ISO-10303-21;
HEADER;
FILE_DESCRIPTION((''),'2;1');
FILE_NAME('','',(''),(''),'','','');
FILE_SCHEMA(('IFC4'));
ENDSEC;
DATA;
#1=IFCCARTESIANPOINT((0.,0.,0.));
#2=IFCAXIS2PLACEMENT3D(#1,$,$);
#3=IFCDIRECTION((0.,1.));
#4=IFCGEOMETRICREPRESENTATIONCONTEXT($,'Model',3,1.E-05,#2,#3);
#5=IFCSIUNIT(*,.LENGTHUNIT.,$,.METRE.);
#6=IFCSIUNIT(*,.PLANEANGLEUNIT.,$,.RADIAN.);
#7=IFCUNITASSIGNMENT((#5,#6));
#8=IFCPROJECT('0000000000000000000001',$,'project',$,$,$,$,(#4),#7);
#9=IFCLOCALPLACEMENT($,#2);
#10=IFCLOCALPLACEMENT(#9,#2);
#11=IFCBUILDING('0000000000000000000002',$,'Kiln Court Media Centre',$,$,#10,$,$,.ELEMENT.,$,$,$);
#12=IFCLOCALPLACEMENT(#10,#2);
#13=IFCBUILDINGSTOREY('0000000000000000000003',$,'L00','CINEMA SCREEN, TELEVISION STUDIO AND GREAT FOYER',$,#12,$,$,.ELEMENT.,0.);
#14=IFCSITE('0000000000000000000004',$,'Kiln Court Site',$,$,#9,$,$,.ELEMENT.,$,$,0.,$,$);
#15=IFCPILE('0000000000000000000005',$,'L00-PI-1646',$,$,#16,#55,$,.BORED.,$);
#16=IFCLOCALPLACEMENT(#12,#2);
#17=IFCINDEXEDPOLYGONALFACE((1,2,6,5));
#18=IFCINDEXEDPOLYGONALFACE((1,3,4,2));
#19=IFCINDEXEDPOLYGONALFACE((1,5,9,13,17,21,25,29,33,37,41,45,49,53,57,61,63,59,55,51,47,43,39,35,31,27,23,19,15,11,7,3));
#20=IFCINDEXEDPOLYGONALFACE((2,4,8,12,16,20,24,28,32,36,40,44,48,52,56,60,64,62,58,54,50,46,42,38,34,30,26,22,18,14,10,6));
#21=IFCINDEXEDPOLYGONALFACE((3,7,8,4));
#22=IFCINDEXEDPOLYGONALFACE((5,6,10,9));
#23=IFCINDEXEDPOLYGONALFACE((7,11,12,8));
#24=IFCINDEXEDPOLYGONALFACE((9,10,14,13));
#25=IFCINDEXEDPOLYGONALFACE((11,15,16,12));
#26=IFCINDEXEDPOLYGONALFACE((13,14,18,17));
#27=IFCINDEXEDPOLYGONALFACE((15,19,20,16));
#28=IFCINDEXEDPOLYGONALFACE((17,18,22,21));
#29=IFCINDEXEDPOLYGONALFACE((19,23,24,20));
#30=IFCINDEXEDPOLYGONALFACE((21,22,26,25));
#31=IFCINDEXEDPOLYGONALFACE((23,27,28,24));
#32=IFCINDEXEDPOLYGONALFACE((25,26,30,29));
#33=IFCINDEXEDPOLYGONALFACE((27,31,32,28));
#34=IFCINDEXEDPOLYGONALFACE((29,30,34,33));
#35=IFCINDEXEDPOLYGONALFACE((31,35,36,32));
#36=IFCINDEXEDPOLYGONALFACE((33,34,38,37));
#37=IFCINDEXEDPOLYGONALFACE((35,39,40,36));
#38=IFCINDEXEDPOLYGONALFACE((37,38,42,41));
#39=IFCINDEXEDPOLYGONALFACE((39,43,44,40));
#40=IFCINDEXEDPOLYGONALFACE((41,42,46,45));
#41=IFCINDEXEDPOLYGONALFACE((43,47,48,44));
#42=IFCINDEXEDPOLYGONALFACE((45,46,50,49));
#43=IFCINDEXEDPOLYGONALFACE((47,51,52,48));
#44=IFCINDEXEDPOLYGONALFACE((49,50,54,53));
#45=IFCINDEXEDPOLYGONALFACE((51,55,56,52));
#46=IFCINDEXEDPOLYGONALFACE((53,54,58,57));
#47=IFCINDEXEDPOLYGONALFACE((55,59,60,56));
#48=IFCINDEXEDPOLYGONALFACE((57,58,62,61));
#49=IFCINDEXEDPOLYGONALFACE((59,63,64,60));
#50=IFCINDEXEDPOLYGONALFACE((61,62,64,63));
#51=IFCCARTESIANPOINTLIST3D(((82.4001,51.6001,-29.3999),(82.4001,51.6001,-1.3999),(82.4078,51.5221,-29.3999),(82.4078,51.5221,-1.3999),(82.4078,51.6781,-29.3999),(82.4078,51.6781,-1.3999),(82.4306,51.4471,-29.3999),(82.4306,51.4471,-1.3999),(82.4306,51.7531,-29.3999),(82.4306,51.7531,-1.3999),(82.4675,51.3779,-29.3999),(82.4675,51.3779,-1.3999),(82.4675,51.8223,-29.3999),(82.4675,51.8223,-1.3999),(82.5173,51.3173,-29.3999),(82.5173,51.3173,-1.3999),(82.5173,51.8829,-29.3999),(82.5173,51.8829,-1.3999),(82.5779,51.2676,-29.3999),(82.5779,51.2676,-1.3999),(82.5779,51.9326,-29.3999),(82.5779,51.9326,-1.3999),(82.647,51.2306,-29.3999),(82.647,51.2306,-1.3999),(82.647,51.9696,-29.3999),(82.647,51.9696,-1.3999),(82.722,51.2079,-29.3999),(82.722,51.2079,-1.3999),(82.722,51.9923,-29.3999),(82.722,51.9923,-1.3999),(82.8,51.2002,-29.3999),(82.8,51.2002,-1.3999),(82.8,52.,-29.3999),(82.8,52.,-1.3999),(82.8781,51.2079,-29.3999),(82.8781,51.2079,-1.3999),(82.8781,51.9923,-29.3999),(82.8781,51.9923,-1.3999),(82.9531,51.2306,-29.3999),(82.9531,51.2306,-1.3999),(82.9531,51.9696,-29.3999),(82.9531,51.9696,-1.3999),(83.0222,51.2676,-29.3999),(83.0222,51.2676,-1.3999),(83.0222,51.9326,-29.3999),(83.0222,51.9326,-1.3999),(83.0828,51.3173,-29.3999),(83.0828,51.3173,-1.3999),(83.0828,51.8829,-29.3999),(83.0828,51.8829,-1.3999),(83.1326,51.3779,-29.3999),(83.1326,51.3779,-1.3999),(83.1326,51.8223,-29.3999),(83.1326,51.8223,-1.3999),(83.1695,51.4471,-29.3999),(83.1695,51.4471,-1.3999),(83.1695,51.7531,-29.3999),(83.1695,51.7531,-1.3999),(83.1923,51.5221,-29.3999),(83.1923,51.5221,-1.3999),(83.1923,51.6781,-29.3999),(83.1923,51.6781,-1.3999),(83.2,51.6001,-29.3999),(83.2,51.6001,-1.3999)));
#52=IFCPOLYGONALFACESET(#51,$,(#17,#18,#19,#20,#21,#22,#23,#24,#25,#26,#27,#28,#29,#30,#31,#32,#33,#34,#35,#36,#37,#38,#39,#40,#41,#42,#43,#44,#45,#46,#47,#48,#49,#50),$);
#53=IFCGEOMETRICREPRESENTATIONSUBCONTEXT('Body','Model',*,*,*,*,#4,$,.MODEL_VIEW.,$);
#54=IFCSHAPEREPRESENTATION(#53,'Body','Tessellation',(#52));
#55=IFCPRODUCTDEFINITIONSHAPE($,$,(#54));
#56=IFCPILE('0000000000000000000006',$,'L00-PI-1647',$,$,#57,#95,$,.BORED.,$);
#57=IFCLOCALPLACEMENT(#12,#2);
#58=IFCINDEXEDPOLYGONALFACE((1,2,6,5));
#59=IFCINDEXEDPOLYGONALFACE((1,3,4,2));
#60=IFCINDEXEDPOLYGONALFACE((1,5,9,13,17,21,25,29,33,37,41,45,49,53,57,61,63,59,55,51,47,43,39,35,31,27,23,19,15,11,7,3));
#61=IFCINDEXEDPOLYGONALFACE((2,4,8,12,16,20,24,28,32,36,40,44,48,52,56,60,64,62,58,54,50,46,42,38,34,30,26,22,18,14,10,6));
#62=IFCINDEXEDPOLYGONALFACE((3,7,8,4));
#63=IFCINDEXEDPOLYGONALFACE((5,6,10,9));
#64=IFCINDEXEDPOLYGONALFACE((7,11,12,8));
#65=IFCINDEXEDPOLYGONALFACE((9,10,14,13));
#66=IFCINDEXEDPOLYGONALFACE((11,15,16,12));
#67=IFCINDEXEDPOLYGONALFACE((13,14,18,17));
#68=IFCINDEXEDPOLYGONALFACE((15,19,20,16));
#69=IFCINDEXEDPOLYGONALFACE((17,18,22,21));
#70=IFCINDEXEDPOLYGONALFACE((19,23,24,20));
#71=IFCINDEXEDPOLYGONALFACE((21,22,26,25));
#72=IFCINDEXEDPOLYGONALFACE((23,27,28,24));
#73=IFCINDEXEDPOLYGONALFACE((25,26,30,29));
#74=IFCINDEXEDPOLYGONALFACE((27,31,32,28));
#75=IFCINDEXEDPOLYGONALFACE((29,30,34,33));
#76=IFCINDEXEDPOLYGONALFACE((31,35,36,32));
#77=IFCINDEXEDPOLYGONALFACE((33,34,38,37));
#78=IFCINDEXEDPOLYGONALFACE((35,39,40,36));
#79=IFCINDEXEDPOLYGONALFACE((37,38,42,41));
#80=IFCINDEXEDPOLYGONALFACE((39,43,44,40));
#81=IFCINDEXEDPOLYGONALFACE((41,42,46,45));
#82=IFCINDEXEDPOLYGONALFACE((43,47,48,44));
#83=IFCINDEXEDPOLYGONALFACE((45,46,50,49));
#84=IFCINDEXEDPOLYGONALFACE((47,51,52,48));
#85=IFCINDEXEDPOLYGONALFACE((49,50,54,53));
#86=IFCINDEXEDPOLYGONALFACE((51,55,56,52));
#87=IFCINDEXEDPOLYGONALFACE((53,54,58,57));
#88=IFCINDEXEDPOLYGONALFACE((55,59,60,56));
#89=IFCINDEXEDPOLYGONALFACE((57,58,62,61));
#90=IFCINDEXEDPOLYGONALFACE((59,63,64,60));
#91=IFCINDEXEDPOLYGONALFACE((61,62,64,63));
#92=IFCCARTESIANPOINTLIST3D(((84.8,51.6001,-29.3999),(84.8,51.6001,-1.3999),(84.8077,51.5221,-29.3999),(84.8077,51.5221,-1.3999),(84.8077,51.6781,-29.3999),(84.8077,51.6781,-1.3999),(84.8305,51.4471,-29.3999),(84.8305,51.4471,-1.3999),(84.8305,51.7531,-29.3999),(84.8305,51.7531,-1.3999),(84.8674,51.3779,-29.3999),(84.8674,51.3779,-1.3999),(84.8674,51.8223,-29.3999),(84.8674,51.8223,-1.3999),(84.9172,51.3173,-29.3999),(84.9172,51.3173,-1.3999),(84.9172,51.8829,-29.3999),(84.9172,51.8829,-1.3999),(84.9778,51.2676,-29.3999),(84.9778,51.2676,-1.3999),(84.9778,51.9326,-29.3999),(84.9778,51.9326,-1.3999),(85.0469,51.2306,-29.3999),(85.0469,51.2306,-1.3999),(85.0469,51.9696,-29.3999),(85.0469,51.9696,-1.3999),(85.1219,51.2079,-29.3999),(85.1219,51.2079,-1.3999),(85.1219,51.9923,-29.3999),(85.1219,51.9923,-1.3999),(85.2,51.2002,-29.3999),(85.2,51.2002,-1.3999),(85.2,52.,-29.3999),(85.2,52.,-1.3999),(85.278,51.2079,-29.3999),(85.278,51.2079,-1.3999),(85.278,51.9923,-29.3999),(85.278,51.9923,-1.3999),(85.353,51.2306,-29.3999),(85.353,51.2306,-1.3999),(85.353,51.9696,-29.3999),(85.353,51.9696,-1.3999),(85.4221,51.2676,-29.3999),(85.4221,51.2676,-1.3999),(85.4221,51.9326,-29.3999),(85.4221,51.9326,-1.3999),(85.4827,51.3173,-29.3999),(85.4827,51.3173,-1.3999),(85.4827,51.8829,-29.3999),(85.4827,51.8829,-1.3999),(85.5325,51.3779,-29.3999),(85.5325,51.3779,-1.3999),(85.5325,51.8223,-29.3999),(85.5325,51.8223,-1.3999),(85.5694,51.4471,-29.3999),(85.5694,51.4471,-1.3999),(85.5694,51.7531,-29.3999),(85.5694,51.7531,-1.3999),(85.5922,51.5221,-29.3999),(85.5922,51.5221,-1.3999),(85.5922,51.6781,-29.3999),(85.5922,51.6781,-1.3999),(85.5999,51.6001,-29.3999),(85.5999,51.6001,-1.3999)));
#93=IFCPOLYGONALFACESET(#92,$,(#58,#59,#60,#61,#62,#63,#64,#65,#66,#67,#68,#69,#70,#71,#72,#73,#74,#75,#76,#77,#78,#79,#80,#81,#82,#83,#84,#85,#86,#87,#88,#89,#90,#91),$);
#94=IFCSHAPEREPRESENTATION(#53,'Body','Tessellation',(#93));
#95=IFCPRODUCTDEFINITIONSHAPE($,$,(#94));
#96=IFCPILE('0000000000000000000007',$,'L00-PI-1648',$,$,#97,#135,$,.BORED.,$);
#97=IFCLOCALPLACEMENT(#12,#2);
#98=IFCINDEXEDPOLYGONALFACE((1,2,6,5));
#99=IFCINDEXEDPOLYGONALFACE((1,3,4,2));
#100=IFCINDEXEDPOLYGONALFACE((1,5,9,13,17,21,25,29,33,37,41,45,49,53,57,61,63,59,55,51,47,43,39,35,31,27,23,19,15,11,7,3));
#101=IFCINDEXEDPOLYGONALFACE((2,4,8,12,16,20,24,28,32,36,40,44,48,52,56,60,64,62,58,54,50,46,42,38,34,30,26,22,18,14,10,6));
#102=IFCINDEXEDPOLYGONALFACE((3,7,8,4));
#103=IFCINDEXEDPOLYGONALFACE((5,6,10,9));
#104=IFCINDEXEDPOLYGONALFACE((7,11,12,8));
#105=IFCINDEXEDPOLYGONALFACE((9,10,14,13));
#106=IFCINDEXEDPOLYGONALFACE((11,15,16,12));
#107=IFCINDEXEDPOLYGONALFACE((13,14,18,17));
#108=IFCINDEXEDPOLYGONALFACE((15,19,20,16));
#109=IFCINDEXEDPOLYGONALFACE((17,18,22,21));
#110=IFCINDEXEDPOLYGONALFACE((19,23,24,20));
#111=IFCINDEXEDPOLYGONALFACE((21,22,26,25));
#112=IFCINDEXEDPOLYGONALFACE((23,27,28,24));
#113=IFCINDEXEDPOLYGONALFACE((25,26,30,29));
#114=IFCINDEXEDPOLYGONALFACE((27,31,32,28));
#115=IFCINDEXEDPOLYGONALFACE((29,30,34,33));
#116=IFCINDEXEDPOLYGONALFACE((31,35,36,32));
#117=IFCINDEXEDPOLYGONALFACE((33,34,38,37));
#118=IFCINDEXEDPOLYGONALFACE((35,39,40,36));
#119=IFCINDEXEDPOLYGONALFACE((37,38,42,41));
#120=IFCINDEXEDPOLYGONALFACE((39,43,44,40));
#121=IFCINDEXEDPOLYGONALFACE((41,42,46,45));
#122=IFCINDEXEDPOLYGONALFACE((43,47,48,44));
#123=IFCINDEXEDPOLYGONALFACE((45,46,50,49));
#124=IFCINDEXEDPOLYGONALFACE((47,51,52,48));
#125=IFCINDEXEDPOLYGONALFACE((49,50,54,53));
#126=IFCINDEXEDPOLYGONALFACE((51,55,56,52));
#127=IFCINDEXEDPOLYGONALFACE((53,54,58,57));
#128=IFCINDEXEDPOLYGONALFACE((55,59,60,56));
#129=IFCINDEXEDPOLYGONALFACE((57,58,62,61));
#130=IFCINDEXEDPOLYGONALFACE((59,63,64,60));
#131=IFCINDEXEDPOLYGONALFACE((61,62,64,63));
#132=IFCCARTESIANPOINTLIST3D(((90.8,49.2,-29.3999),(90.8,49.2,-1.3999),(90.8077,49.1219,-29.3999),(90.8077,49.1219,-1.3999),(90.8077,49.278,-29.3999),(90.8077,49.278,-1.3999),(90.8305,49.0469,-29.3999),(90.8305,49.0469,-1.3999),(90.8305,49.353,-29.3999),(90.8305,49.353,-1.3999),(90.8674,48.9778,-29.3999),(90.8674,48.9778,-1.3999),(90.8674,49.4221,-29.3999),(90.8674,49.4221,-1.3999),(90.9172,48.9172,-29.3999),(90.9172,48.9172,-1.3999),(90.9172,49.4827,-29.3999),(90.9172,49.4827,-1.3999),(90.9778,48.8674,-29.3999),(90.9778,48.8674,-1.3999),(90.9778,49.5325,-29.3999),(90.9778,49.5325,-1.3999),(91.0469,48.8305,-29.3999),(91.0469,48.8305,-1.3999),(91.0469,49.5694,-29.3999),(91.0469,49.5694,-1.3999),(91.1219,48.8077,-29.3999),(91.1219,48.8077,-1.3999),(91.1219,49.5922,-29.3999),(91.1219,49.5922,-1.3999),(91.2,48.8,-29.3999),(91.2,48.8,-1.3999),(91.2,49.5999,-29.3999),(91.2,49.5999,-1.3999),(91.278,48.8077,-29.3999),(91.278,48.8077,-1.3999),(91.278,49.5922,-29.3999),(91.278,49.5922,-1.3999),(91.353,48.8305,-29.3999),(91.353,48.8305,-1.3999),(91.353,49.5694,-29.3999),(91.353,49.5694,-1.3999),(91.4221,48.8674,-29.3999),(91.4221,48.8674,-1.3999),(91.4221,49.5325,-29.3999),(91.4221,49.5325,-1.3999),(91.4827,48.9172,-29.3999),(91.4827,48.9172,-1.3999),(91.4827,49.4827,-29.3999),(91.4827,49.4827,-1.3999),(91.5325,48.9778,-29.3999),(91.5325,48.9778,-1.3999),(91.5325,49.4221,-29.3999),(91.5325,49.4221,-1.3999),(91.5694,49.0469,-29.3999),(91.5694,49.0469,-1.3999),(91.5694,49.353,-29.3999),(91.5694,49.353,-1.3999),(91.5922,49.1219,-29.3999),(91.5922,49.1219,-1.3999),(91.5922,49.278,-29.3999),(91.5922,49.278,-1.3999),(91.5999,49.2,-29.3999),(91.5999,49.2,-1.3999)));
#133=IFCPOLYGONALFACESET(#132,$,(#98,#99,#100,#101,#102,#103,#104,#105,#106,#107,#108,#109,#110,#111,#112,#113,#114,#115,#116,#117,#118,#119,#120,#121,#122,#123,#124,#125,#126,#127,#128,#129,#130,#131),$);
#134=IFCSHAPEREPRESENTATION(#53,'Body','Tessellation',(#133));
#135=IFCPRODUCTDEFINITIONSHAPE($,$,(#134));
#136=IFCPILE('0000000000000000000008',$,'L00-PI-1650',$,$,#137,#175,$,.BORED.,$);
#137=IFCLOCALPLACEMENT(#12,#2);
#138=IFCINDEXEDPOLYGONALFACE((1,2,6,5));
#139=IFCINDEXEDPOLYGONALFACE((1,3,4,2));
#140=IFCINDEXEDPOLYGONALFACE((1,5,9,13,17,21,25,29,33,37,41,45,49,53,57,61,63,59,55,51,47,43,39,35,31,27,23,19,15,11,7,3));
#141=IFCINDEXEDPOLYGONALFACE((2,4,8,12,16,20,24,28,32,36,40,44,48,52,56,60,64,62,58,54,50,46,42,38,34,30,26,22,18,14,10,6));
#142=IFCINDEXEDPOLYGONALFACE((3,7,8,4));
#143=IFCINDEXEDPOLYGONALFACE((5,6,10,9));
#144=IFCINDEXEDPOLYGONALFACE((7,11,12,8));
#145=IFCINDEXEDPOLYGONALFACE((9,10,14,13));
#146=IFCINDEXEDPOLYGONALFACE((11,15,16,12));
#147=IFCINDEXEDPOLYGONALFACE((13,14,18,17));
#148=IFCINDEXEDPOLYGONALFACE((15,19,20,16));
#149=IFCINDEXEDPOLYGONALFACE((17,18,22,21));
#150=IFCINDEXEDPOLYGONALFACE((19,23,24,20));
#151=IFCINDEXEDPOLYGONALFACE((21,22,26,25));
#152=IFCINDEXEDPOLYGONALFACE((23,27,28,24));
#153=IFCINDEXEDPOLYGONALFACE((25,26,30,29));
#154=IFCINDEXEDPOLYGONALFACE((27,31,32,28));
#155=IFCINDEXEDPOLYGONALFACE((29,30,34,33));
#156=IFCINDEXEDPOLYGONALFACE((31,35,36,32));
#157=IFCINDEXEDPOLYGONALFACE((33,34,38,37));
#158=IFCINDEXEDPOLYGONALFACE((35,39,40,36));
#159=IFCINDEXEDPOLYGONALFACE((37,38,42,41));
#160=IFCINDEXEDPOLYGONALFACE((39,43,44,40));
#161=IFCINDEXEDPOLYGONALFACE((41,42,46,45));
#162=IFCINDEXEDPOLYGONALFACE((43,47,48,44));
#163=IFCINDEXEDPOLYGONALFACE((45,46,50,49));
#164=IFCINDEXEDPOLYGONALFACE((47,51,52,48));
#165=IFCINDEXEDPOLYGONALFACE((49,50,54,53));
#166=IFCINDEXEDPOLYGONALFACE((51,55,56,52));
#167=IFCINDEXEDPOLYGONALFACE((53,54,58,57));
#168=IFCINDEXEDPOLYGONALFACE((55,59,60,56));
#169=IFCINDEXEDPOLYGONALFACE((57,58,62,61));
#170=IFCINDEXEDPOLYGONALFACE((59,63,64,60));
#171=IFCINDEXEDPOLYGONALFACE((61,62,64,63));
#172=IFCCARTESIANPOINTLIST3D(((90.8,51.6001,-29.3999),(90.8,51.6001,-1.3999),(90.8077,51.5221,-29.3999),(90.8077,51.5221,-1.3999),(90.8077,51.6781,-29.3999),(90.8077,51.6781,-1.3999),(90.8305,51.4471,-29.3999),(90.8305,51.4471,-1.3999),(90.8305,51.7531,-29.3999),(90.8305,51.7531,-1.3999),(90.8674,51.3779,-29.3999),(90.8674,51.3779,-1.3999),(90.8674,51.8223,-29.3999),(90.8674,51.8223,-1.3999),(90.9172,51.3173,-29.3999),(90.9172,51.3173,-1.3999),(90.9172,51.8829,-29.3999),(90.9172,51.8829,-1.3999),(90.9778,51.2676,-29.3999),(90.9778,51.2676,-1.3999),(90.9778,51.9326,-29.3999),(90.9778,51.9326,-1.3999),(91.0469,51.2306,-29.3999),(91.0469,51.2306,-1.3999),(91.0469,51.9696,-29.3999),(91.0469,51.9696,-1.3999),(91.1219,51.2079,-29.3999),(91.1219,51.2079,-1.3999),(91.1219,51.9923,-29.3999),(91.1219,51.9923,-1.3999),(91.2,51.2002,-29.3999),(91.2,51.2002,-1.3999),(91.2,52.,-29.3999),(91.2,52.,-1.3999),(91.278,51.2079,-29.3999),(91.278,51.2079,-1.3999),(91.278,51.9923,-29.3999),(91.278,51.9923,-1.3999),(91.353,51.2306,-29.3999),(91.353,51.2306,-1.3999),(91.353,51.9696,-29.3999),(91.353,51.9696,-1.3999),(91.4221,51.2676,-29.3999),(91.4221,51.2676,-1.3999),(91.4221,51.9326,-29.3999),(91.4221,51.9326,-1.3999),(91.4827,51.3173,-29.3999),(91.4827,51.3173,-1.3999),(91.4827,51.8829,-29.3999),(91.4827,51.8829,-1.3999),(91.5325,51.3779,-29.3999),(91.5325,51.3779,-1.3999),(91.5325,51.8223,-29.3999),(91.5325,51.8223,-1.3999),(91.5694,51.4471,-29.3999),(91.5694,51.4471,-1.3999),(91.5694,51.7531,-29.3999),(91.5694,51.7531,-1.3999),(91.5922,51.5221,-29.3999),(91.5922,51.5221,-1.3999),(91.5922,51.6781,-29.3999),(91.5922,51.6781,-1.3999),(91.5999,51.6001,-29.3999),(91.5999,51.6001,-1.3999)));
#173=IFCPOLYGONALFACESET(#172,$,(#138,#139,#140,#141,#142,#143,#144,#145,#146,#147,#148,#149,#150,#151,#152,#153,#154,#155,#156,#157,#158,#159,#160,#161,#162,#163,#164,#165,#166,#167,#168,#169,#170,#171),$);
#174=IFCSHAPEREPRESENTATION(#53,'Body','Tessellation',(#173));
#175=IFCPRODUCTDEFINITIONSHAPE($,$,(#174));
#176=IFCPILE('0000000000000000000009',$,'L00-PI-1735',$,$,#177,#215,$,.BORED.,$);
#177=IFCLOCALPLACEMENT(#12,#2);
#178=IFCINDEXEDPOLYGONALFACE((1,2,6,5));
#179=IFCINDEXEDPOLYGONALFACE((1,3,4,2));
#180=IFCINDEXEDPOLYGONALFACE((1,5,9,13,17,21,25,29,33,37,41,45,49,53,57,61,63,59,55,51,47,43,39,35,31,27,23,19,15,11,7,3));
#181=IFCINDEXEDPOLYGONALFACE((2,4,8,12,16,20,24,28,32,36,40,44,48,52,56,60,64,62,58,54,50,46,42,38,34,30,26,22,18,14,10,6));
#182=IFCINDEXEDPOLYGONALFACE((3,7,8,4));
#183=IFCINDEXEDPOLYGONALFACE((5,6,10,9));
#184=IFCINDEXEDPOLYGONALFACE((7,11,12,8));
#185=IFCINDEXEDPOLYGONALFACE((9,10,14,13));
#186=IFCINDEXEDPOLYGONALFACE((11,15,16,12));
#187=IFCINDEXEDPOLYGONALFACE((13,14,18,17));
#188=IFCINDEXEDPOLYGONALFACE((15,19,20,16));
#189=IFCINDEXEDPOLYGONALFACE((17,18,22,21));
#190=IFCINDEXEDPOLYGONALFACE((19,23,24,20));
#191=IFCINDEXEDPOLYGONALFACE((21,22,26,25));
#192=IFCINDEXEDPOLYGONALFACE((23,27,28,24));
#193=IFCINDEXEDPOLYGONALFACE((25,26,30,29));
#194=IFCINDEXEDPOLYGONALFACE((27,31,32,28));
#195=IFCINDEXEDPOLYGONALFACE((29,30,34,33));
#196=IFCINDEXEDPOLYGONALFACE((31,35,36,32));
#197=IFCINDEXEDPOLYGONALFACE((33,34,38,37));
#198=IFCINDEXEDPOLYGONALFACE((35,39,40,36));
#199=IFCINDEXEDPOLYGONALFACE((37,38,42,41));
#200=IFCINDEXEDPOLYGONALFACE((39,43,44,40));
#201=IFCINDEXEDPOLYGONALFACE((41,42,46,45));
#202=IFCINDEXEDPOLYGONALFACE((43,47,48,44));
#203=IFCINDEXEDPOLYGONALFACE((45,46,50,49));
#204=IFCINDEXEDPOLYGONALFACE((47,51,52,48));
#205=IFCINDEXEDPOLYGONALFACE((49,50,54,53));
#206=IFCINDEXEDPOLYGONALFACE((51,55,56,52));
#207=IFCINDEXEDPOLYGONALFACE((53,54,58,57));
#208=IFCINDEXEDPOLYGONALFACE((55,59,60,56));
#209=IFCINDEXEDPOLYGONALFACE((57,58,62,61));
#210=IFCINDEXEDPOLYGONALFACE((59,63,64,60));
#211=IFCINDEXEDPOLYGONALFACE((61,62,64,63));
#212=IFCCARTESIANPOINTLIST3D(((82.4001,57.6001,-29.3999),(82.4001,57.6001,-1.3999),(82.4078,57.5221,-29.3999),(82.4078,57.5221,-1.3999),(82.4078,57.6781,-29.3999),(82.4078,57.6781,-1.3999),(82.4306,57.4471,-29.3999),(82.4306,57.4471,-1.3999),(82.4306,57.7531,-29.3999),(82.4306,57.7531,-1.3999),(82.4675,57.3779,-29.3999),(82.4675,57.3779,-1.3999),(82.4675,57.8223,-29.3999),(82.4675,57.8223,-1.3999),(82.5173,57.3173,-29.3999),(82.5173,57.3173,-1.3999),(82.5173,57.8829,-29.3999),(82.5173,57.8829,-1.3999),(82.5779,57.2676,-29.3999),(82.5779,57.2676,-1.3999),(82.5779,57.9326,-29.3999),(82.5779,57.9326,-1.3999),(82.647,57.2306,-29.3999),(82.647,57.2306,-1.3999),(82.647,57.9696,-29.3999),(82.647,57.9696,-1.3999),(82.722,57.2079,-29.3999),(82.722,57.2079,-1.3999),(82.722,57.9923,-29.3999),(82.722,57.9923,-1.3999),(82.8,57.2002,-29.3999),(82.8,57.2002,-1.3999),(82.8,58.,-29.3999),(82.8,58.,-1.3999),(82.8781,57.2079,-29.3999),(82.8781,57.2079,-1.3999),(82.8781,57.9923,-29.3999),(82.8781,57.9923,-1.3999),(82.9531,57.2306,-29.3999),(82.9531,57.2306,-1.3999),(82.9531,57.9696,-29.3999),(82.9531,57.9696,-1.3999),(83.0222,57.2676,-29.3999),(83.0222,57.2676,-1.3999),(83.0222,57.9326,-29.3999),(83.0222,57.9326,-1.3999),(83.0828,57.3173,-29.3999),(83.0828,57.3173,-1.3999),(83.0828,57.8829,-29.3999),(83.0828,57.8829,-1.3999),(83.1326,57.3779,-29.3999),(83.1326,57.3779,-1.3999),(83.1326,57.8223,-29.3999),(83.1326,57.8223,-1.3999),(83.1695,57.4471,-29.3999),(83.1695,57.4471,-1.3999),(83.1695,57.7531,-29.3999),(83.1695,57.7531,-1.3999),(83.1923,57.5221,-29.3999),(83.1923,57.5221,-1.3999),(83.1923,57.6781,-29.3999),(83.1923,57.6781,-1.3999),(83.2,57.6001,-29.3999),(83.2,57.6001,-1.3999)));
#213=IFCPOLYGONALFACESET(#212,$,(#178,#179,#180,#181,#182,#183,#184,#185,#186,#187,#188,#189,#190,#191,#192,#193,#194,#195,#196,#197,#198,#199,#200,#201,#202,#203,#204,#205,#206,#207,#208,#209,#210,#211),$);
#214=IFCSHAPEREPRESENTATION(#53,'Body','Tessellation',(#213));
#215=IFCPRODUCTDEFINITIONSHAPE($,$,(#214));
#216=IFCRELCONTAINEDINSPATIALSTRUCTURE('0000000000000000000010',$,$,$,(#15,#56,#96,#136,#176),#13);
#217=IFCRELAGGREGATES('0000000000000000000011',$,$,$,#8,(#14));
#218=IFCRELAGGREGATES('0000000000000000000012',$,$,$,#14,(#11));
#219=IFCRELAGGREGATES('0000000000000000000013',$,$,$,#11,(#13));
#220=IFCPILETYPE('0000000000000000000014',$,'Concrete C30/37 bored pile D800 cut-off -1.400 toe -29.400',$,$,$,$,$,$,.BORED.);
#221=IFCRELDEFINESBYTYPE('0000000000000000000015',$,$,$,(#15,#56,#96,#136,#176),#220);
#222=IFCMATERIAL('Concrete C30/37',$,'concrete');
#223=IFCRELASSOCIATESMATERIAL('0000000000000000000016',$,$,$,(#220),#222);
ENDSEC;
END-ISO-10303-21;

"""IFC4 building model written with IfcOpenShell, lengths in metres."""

from ifc_helpers import new_model, si_unit, direction, frame, origin, origin_2d, place, context, subcontext, project, spatial, circle, extrude, material, material_profile, profile_set, type_object, element, save


model = new_model("IFC4")

# Units and contexts
model_context = context("Model", 3, precision=1e-05, world=origin(), true_north=direction((0.0, 1.0)))
body_context = subcontext(model_context, "Body", "Model", "MODEL_VIEW")
ifc_project = project(units=[si_unit("LENGTHUNIT", "METRE"), si_unit("PLANEANGLEUNIT", "RADIAN")], contexts=[model_context])

# Site, building, storey
site_placement = place(None, origin())
site = spatial("IfcSite", under=ifc_project, at=site_placement, Name="Kiln Court Site", CompositionType="ELEMENT", RefElevation=0.0)
building_placement = place(site_placement, origin())
building = spatial("IfcBuilding", under=site, at=building_placement, Name="Kiln Court Media Centre", CompositionType="ELEMENT")
storey_placement = place(building_placement, origin())
storey = spatial("IfcBuildingStorey", under=building, at=storey_placement, Name="L00", Description="CINEMA SCREEN, TELEVISION STUDIO AND GREAT FOYER", CompositionType="ELEMENT", Elevation=0.0)

# Piles
ifc_material_1 = material(Name="Concrete C30/37", Category="concrete")
ifc_material_profile_1 = material_profile(ifc_material_1, circle(Radius=0.3999, at=origin_2d()), Name="PILE D800")
ifc_profile_set_1 = profile_set([ifc_material_profile_1], Name="Concrete C30/37")
pile_type_1 = type_object("IfcPileType", Name="Concrete C30/37 bored pile D800 cut-off -1.400 toe -29.400", PredefinedType="BORED", material=ifc_profile_set_1)
for number, where, z_axis, x_axis, name in (
    (1, (82.8, 51.6001, -1.3999), (0.0, 0.0, -1.0), (1.0, 0.0, 0.0), "L00-PI-1646"),
    (2, (85.2, 51.6001, -1.3999), (0.0, 0.0, -1.0), (1.0, 0.0, 0.0), "L00-PI-1647"),
    (3, (91.2, 49.2, -1.3999), (0.0, 0.0, -1.0), (1.0, 0.0, 0.0), "L00-PI-1648"),
    (4, (91.2, 51.6001, -1.3999), (0.0, 0.0, -1.0), (1.0, 0.0, 0.0), "L00-PI-1650"),
    (5, (82.8, 57.6001, -1.3999), (0.0, 0.0, -1.0), (1.0, 0.0, 0.0), "L00-PI-1735"),
):
    element("IfcPile", number, at=place(storey_placement, frame(where, z_axis=z_axis, x_axis=x_axis)), inside=storey, type_object=pile_type_1, Name=name, PredefinedType="BORED", context=body_context, shape_type="SweptSolid", body=[
        extrude(circle(Radius=0.3999, at=origin_2d()), origin(), (0.0, 0.0, 1.0), 28.0),
    ])

save(model, "model.ifc")
